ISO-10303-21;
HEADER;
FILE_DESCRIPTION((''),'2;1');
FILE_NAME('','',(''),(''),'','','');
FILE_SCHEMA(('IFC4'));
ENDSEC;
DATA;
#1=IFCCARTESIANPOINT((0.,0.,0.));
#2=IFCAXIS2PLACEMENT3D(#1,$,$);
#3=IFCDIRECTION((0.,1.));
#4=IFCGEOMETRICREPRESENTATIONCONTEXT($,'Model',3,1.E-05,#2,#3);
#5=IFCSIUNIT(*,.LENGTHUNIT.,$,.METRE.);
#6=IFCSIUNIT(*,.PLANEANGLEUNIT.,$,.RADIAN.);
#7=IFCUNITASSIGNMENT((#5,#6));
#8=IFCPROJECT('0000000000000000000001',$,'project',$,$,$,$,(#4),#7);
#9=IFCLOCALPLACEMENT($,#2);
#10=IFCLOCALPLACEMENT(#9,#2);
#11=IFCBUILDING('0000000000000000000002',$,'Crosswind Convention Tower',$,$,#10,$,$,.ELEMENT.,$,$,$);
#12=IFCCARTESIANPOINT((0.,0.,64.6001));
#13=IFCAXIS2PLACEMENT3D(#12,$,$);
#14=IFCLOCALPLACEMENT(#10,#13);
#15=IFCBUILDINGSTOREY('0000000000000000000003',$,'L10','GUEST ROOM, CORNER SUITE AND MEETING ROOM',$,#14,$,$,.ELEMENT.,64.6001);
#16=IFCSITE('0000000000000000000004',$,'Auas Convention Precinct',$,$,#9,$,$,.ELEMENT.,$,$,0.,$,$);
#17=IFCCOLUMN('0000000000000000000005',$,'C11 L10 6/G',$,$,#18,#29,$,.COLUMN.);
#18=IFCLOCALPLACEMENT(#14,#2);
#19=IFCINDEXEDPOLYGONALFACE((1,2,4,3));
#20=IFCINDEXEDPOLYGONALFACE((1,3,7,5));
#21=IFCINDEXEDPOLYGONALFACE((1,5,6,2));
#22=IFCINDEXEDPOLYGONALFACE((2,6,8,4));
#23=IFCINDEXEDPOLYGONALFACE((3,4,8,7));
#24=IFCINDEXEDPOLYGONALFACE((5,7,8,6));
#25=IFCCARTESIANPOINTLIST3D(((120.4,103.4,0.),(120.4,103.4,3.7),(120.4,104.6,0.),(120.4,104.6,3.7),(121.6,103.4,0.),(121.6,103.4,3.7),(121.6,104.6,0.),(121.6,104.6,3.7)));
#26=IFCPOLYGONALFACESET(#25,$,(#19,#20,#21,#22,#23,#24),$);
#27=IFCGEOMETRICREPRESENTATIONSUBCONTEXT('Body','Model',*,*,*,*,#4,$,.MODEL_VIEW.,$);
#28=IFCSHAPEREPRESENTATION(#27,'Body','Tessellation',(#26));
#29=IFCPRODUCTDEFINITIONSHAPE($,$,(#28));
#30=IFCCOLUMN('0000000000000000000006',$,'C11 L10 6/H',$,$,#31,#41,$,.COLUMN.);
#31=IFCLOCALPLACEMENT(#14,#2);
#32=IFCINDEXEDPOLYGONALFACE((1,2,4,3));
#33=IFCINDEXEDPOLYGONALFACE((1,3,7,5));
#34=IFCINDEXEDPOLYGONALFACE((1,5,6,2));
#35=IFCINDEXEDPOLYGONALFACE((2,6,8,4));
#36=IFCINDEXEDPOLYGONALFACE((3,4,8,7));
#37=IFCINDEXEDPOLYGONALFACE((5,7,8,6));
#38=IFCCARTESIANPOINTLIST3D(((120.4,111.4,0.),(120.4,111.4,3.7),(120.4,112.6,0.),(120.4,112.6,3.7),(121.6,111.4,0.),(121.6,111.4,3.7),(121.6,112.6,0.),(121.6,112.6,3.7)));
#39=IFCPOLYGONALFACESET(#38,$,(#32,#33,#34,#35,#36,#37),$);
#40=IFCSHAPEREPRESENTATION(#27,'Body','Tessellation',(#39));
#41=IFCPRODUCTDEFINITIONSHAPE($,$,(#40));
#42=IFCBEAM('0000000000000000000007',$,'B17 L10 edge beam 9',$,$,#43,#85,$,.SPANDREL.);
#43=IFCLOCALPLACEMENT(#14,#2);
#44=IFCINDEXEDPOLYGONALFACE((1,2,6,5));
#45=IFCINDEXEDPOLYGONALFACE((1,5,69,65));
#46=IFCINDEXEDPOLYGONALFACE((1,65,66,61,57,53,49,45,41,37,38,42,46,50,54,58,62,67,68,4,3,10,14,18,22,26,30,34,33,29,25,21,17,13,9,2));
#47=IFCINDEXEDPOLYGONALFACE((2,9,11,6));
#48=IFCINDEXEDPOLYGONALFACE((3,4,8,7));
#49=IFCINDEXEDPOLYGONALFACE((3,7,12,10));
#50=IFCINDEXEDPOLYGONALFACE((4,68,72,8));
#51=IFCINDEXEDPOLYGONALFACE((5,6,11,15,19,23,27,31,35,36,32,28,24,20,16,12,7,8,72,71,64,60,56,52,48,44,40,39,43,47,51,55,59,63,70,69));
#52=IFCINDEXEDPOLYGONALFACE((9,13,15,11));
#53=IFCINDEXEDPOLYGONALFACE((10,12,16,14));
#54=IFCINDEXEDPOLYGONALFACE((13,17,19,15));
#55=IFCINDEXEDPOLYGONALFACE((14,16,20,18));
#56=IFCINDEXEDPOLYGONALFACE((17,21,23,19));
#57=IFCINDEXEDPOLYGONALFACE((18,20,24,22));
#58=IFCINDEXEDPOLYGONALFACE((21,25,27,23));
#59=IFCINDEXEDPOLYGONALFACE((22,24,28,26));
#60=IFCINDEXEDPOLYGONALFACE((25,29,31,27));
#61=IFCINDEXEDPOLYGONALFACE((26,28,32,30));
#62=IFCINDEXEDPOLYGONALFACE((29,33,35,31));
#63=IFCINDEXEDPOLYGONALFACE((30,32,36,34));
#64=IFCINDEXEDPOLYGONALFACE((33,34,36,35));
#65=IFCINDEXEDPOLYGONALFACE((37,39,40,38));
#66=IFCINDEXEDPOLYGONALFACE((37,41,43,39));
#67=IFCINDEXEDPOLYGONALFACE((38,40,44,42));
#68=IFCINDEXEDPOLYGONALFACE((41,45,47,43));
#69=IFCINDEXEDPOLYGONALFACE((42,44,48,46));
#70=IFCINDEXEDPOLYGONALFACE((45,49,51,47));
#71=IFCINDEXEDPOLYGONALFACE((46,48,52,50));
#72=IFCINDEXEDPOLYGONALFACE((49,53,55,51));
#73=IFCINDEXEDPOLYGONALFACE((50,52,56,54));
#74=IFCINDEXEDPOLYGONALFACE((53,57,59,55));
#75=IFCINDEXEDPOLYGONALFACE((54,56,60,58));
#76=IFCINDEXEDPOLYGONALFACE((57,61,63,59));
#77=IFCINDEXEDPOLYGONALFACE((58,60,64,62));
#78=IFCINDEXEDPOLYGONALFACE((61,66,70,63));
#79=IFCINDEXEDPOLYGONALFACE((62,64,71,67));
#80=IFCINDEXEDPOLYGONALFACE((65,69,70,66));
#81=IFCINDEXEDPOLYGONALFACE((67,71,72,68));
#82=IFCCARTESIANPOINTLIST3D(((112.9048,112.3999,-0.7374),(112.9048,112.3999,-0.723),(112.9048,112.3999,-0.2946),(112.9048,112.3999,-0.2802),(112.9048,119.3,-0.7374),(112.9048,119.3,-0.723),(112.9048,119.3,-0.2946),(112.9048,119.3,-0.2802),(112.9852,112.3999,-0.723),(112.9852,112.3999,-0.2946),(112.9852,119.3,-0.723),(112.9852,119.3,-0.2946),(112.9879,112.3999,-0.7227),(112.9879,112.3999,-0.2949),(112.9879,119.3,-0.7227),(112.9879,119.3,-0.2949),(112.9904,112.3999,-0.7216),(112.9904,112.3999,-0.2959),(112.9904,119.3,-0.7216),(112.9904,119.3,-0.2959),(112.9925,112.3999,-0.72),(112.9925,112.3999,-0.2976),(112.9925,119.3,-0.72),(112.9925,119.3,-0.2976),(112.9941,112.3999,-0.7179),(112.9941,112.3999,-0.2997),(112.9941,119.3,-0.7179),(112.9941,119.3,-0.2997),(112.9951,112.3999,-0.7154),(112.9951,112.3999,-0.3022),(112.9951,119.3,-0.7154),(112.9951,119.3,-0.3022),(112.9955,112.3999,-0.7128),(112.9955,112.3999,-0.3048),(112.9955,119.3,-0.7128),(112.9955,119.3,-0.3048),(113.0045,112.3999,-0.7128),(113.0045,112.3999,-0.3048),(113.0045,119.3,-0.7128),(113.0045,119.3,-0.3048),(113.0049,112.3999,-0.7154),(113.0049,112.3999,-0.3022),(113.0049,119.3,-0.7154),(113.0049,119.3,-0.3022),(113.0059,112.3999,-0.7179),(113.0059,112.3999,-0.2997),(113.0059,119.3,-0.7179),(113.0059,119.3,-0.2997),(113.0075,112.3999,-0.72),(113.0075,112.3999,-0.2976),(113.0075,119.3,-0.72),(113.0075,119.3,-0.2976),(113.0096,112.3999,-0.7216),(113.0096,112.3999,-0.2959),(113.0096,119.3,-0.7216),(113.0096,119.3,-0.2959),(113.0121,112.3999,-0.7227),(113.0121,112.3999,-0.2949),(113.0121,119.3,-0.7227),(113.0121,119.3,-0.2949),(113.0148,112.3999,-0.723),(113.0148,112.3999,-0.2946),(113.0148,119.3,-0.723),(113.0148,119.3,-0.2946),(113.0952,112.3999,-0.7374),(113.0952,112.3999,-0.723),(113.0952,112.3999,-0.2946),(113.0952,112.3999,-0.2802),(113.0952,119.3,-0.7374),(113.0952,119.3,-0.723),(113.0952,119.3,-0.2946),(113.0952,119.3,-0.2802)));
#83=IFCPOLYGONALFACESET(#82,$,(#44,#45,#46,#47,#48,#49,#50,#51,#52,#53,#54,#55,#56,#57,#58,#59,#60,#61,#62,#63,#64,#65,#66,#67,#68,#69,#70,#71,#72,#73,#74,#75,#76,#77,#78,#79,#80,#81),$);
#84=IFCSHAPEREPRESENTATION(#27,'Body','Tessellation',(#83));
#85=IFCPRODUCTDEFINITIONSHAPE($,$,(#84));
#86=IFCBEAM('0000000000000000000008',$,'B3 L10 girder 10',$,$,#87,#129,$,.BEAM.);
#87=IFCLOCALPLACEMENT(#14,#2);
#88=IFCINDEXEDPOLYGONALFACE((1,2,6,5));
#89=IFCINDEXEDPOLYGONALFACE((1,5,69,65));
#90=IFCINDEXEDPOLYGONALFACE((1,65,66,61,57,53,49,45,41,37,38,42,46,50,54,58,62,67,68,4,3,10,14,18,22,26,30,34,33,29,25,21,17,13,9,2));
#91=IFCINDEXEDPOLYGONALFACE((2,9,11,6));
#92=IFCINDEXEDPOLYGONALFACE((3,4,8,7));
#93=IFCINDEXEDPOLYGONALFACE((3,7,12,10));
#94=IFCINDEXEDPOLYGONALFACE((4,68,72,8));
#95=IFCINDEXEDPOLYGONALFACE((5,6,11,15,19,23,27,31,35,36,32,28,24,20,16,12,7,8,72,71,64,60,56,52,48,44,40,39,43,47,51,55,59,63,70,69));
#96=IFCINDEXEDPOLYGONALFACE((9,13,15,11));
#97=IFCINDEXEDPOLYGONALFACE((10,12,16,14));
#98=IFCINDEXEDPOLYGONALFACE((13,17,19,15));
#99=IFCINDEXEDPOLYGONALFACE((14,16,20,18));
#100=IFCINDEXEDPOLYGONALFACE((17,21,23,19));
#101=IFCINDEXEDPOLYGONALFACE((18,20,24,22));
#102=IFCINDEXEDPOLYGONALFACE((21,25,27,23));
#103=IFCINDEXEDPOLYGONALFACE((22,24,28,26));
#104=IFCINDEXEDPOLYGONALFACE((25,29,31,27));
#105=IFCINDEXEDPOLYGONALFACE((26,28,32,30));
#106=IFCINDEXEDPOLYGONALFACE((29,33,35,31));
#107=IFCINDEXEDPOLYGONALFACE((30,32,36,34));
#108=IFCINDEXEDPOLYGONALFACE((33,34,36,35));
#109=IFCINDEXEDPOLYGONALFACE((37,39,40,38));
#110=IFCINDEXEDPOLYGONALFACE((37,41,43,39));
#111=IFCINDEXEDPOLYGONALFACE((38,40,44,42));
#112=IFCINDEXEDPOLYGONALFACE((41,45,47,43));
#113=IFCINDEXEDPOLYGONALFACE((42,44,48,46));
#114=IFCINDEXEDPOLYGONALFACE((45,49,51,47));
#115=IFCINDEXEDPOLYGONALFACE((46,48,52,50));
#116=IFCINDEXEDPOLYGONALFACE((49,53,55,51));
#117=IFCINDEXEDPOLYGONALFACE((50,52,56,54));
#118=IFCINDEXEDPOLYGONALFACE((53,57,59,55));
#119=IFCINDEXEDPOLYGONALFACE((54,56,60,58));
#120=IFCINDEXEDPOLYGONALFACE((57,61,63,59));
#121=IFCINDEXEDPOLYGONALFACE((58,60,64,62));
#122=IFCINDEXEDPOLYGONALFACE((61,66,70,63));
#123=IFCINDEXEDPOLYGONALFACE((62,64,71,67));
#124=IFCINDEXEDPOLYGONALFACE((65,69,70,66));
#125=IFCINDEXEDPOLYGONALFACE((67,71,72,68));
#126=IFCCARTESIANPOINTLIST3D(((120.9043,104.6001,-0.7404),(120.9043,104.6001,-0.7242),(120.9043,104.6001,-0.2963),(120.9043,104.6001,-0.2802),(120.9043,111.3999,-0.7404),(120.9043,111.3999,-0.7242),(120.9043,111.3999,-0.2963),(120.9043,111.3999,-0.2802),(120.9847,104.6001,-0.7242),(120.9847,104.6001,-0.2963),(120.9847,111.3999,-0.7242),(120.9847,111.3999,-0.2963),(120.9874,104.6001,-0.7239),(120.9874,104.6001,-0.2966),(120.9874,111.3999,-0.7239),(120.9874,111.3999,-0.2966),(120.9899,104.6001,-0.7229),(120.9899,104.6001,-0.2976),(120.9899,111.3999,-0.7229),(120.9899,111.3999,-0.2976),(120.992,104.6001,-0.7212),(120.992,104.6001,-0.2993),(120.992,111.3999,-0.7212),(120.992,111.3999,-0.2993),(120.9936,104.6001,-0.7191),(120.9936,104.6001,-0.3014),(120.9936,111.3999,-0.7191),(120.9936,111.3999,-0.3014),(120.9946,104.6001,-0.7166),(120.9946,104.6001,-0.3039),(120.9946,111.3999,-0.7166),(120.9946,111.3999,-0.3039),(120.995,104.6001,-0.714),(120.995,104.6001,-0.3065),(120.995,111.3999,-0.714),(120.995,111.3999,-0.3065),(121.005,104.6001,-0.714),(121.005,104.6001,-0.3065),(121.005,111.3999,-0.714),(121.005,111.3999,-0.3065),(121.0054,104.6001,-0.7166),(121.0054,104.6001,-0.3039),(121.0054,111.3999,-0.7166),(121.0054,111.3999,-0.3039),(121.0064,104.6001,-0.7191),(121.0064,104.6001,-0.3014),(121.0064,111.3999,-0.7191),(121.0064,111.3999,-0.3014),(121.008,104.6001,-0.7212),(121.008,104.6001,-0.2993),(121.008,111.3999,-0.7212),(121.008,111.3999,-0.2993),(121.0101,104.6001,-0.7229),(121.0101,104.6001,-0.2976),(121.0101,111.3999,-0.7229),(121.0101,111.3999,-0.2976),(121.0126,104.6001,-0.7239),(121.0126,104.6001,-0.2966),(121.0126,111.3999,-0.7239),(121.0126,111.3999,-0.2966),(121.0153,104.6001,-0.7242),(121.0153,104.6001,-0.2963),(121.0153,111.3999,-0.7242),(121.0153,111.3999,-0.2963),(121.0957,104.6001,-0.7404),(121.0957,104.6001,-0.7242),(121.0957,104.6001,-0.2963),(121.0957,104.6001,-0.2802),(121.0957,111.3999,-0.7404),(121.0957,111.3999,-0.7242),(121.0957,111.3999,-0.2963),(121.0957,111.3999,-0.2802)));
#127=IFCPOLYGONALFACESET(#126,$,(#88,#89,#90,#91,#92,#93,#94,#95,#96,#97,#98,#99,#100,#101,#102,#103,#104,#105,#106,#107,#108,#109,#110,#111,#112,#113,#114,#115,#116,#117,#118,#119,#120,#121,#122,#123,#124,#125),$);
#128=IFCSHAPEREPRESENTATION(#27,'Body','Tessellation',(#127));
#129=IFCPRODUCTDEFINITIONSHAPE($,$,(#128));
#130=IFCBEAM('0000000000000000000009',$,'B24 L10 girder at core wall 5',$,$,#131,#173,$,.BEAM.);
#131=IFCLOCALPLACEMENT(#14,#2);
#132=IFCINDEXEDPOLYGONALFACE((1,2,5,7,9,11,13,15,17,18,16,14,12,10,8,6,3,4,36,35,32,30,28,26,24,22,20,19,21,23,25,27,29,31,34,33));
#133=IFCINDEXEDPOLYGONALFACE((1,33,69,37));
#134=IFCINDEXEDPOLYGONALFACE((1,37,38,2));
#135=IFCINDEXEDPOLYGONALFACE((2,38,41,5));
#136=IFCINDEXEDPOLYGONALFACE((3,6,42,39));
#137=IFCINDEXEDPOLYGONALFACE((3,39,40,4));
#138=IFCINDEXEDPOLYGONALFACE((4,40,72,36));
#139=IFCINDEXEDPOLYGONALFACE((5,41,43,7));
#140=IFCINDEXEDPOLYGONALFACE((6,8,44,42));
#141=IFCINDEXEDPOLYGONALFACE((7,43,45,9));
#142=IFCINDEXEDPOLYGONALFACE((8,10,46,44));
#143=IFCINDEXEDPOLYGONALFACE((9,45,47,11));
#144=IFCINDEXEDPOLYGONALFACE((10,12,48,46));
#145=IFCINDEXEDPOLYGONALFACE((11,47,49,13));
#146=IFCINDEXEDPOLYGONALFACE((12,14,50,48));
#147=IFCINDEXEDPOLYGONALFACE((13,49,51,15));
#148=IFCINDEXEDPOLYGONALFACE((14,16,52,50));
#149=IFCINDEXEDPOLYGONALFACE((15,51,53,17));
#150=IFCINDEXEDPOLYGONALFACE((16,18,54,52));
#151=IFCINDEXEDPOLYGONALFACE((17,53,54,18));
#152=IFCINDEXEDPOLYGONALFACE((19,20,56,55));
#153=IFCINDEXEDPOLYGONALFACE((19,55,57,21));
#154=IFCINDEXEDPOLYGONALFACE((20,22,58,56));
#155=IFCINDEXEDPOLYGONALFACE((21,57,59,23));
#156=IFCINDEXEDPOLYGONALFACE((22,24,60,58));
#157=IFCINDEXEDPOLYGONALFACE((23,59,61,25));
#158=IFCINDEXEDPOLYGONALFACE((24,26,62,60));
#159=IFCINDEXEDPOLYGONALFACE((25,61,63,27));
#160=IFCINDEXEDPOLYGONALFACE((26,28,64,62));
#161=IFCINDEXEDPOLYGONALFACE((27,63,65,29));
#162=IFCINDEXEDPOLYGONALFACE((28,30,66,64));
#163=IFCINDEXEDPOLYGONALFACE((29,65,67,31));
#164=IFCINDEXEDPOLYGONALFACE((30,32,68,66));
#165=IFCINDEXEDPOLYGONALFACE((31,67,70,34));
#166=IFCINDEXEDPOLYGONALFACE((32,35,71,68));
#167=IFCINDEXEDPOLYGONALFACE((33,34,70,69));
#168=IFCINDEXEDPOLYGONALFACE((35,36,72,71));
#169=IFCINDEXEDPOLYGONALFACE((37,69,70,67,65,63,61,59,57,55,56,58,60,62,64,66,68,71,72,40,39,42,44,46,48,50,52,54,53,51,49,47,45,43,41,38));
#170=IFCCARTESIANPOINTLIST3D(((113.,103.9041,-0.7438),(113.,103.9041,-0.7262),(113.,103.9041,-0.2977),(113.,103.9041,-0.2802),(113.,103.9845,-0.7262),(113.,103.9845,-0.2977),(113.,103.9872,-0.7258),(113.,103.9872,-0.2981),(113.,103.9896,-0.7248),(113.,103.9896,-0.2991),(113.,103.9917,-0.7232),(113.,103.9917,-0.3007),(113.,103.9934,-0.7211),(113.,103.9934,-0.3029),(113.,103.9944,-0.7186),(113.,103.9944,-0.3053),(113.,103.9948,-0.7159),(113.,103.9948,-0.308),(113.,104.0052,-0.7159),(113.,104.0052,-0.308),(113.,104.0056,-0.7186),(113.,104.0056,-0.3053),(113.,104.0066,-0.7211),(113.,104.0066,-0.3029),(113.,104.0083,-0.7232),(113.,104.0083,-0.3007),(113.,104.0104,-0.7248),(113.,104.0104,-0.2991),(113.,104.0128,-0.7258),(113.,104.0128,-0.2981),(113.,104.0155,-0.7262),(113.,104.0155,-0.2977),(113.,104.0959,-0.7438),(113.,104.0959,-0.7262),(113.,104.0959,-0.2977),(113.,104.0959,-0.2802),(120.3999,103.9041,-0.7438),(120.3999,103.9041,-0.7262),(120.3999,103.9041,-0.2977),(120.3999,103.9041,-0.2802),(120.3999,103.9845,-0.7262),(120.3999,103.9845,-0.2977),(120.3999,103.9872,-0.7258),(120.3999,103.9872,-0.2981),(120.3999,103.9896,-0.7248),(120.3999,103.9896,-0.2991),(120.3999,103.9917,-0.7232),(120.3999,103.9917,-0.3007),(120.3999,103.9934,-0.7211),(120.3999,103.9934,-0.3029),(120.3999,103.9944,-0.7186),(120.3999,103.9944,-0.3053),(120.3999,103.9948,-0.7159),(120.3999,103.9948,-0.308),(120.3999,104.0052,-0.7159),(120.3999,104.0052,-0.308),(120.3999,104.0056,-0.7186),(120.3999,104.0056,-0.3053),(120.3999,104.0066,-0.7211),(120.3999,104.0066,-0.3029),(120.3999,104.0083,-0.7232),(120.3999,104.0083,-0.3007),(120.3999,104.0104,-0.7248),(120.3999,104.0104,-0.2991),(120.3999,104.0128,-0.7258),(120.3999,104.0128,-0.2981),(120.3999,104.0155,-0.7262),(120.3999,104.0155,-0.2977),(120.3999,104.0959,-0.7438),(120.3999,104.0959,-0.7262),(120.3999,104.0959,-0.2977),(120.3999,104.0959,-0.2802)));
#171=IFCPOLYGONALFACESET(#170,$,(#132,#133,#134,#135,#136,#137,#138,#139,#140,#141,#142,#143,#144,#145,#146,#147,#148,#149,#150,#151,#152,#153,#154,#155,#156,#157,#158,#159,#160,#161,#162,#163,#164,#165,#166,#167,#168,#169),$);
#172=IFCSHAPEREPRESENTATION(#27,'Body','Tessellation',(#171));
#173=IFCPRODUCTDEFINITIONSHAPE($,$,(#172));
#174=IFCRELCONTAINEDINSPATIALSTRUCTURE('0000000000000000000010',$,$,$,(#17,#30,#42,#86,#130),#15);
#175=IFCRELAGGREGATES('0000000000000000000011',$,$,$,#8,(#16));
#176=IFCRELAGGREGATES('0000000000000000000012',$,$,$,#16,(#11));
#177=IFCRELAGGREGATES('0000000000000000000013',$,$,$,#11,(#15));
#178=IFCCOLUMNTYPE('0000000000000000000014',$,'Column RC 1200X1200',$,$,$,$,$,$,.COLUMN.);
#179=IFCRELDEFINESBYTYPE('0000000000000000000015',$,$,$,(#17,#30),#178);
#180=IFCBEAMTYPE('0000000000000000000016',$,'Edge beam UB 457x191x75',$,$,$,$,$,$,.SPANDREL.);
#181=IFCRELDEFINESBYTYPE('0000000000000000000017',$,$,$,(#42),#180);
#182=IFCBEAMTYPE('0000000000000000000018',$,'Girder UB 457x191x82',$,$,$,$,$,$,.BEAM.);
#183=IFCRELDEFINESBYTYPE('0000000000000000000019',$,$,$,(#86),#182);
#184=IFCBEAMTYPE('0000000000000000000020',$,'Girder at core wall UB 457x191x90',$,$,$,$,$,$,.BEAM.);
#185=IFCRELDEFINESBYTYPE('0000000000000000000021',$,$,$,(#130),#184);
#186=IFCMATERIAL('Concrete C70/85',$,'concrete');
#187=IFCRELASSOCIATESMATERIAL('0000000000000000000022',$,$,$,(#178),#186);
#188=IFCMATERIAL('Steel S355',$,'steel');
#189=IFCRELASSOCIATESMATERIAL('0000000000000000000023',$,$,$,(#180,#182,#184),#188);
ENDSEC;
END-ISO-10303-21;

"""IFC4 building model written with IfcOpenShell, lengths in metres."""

from ifc_helpers import new_model, si_unit, direction, frame, origin, origin_2d, place, context, subcontext, project, spatial, rectangle, i_section, extrude, material, material_profile, profile_set, type_object, element, save


model = new_model("IFC4")

# Units and contexts
model_context = context("Model", 3, precision=1e-05, world=origin(), true_north=direction((0.0, 1.0)))
body_context = subcontext(model_context, "Body", "Model", "MODEL_VIEW")
ifc_project = project(units=[si_unit("LENGTHUNIT", "METRE"), si_unit("PLANEANGLEUNIT", "RADIAN")], contexts=[model_context])

# Site, building, storey
site_placement = place(None, origin())
site = spatial("IfcSite", under=ifc_project, at=site_placement, Name="Auas Convention Precinct", CompositionType="ELEMENT", RefElevation=0.0)
building_placement = place(site_placement, origin())
building = spatial("IfcBuilding", under=site, at=building_placement, Name="Crosswind Convention Tower", CompositionType="ELEMENT")
storey_placement = place(building_placement, frame((0.0, 0.0, 64.6001)))
storey = spatial("IfcBuildingStorey", under=building, at=storey_placement, Name="L10", Description="GUEST ROOM, CORNER SUITE AND MEETING ROOM", CompositionType="ELEMENT", Elevation=64.6001)

# Columns
ifc_material_1 = material(Name="Concrete C70/85", Category="concrete")
ifc_material_profile_1 = material_profile(ifc_material_1, rectangle(XDim=1.2, YDim=1.2, at=origin_2d()), Name="RC 1200X1200")
ifc_profile_set_1 = profile_set([ifc_material_profile_1], Name="Concrete C70/85")
column_type = type_object("IfcColumnType", Name="Column RC 1200X1200", PredefinedType="COLUMN", material=ifc_profile_set_1)
for number, where, z_axis, x_axis, name in (
    (1, (121.0, 104.0, 0.0), (0.0, 0.0, 1.0), (1.0, 0.0, 0.0), "C11 L10 6/G"),
    (2, (121.0, 112.0, 0.0), (0.0, 0.0, 1.0), (1.0, 0.0, 0.0), "C11 L10 6/H"),
):
    element("IfcColumn", number, at=place(storey_placement, frame(where, z_axis=z_axis, x_axis=x_axis)), inside=storey, type_object=column_type, Name=name, PredefinedType="COLUMN", context=body_context, shape_type="SweptSolid", body=[
        extrude(rectangle(XDim=1.2, YDim=1.2, at=origin_2d()), origin(), (0.0, 0.0, 1.0), 3.7),
    ])

# Beams
ifc_material_2 = material(Name="Steel S355", Category="steel")
ifc_material_profile_2 = material_profile(ifc_material_2, i_section(OverallWidth=0.1904, OverallDepth=0.4573, WebThickness=0.009, FlangeThickness=0.0144, FilletRadius=0.0103, at=origin_2d()), Name="UB 457x191x75")
ifc_profile_set_2 = profile_set([ifc_material_profile_2], Name="Steel S355")
beam_type_1 = type_object("IfcBeamType", Name="Edge beam UB 457x191x75", PredefinedType="SPANDREL", material=ifc_profile_set_2)
beam_1_placement = place(storey_placement, frame((113.0, 112.3999, -0.5088), z_axis=(0.0, 1.0, 0.0), x_axis=(-1.0, 0.0, 0.0)))
element("IfcBeam", 3, at=beam_1_placement, inside=storey, type_object=beam_type_1, Name="B17 L10 edge beam 9", PredefinedType="SPANDREL", context=body_context, shape_type="SweptSolid", body=[
    extrude(i_section(OverallWidth=0.1904, OverallDepth=0.4573, WebThickness=0.009, FlangeThickness=0.0144, FilletRadius=0.0103, at=origin_2d()), origin(), (0.0, 0.0, 1.0), 6.9001),
])
ifc_material_profile_3 = material_profile(ifc_material_2, i_section(OverallWidth=0.1914, OverallDepth=0.4602, WebThickness=0.01, FlangeThickness=0.0161, FilletRadius=0.0103, at=origin_2d()), Name="UB 457x191x82")
ifc_profile_set_3 = profile_set([ifc_material_profile_3], Name="Steel S355")
beam_type_2 = type_object("IfcBeamType", Name="Girder UB 457x191x82", PredefinedType="BEAM", material=ifc_profile_set_3)
beam_2_placement = place(storey_placement, frame((121.0, 104.6001, -0.5103), z_axis=(0.0, 1.0, 0.0), x_axis=(-1.0, 0.0, 0.0)))
element("IfcBeam", 4, at=beam_2_placement, inside=storey, type_object=beam_type_2, Name="B3 L10 girder 10", PredefinedType="BEAM", context=body_context, shape_type="SweptSolid", body=[
    extrude(i_section(OverallWidth=0.1914, OverallDepth=0.4602, WebThickness=0.01, FlangeThickness=0.0161, FilletRadius=0.0103, at=origin_2d()), origin(), (0.0, 0.0, 1.0), 6.7998),
])
ifc_material_profile_4 = material_profile(ifc_material_2, i_section(OverallWidth=0.1919, OverallDepth=0.4636, WebThickness=0.0105, FlangeThickness=0.0176, FilletRadius=0.0103, at=origin_2d()), Name="UB 457x191x90")
ifc_profile_set_4 = profile_set([ifc_material_profile_4], Name="Steel S355")
beam_type_3 = type_object("IfcBeamType", Name="Girder at core wall UB 457x191x90", PredefinedType="BEAM", material=ifc_profile_set_4)
for number, where, z_axis, x_axis, name in (
    (5, (113.0, 104.0, -0.512), (1.0, 0.0, 0.0), (0.0, 1.0, 0.0), "B24 L10 girder at core wall 5"),
):
    element("IfcBeam", number, at=place(storey_placement, frame(where, z_axis=z_axis, x_axis=x_axis)), inside=storey, type_object=beam_type_3, Name=name, PredefinedType="BEAM", context=body_context, shape_type="SweptSolid", body=[
        extrude(i_section(OverallWidth=0.1919, OverallDepth=0.4636, WebThickness=0.0105, FlangeThickness=0.0176, FilletRadius=0.0103, at=origin_2d()), origin(), (0.0, 0.0, 1.0), 7.3999),
    ])

save(model, "model.ifc")
